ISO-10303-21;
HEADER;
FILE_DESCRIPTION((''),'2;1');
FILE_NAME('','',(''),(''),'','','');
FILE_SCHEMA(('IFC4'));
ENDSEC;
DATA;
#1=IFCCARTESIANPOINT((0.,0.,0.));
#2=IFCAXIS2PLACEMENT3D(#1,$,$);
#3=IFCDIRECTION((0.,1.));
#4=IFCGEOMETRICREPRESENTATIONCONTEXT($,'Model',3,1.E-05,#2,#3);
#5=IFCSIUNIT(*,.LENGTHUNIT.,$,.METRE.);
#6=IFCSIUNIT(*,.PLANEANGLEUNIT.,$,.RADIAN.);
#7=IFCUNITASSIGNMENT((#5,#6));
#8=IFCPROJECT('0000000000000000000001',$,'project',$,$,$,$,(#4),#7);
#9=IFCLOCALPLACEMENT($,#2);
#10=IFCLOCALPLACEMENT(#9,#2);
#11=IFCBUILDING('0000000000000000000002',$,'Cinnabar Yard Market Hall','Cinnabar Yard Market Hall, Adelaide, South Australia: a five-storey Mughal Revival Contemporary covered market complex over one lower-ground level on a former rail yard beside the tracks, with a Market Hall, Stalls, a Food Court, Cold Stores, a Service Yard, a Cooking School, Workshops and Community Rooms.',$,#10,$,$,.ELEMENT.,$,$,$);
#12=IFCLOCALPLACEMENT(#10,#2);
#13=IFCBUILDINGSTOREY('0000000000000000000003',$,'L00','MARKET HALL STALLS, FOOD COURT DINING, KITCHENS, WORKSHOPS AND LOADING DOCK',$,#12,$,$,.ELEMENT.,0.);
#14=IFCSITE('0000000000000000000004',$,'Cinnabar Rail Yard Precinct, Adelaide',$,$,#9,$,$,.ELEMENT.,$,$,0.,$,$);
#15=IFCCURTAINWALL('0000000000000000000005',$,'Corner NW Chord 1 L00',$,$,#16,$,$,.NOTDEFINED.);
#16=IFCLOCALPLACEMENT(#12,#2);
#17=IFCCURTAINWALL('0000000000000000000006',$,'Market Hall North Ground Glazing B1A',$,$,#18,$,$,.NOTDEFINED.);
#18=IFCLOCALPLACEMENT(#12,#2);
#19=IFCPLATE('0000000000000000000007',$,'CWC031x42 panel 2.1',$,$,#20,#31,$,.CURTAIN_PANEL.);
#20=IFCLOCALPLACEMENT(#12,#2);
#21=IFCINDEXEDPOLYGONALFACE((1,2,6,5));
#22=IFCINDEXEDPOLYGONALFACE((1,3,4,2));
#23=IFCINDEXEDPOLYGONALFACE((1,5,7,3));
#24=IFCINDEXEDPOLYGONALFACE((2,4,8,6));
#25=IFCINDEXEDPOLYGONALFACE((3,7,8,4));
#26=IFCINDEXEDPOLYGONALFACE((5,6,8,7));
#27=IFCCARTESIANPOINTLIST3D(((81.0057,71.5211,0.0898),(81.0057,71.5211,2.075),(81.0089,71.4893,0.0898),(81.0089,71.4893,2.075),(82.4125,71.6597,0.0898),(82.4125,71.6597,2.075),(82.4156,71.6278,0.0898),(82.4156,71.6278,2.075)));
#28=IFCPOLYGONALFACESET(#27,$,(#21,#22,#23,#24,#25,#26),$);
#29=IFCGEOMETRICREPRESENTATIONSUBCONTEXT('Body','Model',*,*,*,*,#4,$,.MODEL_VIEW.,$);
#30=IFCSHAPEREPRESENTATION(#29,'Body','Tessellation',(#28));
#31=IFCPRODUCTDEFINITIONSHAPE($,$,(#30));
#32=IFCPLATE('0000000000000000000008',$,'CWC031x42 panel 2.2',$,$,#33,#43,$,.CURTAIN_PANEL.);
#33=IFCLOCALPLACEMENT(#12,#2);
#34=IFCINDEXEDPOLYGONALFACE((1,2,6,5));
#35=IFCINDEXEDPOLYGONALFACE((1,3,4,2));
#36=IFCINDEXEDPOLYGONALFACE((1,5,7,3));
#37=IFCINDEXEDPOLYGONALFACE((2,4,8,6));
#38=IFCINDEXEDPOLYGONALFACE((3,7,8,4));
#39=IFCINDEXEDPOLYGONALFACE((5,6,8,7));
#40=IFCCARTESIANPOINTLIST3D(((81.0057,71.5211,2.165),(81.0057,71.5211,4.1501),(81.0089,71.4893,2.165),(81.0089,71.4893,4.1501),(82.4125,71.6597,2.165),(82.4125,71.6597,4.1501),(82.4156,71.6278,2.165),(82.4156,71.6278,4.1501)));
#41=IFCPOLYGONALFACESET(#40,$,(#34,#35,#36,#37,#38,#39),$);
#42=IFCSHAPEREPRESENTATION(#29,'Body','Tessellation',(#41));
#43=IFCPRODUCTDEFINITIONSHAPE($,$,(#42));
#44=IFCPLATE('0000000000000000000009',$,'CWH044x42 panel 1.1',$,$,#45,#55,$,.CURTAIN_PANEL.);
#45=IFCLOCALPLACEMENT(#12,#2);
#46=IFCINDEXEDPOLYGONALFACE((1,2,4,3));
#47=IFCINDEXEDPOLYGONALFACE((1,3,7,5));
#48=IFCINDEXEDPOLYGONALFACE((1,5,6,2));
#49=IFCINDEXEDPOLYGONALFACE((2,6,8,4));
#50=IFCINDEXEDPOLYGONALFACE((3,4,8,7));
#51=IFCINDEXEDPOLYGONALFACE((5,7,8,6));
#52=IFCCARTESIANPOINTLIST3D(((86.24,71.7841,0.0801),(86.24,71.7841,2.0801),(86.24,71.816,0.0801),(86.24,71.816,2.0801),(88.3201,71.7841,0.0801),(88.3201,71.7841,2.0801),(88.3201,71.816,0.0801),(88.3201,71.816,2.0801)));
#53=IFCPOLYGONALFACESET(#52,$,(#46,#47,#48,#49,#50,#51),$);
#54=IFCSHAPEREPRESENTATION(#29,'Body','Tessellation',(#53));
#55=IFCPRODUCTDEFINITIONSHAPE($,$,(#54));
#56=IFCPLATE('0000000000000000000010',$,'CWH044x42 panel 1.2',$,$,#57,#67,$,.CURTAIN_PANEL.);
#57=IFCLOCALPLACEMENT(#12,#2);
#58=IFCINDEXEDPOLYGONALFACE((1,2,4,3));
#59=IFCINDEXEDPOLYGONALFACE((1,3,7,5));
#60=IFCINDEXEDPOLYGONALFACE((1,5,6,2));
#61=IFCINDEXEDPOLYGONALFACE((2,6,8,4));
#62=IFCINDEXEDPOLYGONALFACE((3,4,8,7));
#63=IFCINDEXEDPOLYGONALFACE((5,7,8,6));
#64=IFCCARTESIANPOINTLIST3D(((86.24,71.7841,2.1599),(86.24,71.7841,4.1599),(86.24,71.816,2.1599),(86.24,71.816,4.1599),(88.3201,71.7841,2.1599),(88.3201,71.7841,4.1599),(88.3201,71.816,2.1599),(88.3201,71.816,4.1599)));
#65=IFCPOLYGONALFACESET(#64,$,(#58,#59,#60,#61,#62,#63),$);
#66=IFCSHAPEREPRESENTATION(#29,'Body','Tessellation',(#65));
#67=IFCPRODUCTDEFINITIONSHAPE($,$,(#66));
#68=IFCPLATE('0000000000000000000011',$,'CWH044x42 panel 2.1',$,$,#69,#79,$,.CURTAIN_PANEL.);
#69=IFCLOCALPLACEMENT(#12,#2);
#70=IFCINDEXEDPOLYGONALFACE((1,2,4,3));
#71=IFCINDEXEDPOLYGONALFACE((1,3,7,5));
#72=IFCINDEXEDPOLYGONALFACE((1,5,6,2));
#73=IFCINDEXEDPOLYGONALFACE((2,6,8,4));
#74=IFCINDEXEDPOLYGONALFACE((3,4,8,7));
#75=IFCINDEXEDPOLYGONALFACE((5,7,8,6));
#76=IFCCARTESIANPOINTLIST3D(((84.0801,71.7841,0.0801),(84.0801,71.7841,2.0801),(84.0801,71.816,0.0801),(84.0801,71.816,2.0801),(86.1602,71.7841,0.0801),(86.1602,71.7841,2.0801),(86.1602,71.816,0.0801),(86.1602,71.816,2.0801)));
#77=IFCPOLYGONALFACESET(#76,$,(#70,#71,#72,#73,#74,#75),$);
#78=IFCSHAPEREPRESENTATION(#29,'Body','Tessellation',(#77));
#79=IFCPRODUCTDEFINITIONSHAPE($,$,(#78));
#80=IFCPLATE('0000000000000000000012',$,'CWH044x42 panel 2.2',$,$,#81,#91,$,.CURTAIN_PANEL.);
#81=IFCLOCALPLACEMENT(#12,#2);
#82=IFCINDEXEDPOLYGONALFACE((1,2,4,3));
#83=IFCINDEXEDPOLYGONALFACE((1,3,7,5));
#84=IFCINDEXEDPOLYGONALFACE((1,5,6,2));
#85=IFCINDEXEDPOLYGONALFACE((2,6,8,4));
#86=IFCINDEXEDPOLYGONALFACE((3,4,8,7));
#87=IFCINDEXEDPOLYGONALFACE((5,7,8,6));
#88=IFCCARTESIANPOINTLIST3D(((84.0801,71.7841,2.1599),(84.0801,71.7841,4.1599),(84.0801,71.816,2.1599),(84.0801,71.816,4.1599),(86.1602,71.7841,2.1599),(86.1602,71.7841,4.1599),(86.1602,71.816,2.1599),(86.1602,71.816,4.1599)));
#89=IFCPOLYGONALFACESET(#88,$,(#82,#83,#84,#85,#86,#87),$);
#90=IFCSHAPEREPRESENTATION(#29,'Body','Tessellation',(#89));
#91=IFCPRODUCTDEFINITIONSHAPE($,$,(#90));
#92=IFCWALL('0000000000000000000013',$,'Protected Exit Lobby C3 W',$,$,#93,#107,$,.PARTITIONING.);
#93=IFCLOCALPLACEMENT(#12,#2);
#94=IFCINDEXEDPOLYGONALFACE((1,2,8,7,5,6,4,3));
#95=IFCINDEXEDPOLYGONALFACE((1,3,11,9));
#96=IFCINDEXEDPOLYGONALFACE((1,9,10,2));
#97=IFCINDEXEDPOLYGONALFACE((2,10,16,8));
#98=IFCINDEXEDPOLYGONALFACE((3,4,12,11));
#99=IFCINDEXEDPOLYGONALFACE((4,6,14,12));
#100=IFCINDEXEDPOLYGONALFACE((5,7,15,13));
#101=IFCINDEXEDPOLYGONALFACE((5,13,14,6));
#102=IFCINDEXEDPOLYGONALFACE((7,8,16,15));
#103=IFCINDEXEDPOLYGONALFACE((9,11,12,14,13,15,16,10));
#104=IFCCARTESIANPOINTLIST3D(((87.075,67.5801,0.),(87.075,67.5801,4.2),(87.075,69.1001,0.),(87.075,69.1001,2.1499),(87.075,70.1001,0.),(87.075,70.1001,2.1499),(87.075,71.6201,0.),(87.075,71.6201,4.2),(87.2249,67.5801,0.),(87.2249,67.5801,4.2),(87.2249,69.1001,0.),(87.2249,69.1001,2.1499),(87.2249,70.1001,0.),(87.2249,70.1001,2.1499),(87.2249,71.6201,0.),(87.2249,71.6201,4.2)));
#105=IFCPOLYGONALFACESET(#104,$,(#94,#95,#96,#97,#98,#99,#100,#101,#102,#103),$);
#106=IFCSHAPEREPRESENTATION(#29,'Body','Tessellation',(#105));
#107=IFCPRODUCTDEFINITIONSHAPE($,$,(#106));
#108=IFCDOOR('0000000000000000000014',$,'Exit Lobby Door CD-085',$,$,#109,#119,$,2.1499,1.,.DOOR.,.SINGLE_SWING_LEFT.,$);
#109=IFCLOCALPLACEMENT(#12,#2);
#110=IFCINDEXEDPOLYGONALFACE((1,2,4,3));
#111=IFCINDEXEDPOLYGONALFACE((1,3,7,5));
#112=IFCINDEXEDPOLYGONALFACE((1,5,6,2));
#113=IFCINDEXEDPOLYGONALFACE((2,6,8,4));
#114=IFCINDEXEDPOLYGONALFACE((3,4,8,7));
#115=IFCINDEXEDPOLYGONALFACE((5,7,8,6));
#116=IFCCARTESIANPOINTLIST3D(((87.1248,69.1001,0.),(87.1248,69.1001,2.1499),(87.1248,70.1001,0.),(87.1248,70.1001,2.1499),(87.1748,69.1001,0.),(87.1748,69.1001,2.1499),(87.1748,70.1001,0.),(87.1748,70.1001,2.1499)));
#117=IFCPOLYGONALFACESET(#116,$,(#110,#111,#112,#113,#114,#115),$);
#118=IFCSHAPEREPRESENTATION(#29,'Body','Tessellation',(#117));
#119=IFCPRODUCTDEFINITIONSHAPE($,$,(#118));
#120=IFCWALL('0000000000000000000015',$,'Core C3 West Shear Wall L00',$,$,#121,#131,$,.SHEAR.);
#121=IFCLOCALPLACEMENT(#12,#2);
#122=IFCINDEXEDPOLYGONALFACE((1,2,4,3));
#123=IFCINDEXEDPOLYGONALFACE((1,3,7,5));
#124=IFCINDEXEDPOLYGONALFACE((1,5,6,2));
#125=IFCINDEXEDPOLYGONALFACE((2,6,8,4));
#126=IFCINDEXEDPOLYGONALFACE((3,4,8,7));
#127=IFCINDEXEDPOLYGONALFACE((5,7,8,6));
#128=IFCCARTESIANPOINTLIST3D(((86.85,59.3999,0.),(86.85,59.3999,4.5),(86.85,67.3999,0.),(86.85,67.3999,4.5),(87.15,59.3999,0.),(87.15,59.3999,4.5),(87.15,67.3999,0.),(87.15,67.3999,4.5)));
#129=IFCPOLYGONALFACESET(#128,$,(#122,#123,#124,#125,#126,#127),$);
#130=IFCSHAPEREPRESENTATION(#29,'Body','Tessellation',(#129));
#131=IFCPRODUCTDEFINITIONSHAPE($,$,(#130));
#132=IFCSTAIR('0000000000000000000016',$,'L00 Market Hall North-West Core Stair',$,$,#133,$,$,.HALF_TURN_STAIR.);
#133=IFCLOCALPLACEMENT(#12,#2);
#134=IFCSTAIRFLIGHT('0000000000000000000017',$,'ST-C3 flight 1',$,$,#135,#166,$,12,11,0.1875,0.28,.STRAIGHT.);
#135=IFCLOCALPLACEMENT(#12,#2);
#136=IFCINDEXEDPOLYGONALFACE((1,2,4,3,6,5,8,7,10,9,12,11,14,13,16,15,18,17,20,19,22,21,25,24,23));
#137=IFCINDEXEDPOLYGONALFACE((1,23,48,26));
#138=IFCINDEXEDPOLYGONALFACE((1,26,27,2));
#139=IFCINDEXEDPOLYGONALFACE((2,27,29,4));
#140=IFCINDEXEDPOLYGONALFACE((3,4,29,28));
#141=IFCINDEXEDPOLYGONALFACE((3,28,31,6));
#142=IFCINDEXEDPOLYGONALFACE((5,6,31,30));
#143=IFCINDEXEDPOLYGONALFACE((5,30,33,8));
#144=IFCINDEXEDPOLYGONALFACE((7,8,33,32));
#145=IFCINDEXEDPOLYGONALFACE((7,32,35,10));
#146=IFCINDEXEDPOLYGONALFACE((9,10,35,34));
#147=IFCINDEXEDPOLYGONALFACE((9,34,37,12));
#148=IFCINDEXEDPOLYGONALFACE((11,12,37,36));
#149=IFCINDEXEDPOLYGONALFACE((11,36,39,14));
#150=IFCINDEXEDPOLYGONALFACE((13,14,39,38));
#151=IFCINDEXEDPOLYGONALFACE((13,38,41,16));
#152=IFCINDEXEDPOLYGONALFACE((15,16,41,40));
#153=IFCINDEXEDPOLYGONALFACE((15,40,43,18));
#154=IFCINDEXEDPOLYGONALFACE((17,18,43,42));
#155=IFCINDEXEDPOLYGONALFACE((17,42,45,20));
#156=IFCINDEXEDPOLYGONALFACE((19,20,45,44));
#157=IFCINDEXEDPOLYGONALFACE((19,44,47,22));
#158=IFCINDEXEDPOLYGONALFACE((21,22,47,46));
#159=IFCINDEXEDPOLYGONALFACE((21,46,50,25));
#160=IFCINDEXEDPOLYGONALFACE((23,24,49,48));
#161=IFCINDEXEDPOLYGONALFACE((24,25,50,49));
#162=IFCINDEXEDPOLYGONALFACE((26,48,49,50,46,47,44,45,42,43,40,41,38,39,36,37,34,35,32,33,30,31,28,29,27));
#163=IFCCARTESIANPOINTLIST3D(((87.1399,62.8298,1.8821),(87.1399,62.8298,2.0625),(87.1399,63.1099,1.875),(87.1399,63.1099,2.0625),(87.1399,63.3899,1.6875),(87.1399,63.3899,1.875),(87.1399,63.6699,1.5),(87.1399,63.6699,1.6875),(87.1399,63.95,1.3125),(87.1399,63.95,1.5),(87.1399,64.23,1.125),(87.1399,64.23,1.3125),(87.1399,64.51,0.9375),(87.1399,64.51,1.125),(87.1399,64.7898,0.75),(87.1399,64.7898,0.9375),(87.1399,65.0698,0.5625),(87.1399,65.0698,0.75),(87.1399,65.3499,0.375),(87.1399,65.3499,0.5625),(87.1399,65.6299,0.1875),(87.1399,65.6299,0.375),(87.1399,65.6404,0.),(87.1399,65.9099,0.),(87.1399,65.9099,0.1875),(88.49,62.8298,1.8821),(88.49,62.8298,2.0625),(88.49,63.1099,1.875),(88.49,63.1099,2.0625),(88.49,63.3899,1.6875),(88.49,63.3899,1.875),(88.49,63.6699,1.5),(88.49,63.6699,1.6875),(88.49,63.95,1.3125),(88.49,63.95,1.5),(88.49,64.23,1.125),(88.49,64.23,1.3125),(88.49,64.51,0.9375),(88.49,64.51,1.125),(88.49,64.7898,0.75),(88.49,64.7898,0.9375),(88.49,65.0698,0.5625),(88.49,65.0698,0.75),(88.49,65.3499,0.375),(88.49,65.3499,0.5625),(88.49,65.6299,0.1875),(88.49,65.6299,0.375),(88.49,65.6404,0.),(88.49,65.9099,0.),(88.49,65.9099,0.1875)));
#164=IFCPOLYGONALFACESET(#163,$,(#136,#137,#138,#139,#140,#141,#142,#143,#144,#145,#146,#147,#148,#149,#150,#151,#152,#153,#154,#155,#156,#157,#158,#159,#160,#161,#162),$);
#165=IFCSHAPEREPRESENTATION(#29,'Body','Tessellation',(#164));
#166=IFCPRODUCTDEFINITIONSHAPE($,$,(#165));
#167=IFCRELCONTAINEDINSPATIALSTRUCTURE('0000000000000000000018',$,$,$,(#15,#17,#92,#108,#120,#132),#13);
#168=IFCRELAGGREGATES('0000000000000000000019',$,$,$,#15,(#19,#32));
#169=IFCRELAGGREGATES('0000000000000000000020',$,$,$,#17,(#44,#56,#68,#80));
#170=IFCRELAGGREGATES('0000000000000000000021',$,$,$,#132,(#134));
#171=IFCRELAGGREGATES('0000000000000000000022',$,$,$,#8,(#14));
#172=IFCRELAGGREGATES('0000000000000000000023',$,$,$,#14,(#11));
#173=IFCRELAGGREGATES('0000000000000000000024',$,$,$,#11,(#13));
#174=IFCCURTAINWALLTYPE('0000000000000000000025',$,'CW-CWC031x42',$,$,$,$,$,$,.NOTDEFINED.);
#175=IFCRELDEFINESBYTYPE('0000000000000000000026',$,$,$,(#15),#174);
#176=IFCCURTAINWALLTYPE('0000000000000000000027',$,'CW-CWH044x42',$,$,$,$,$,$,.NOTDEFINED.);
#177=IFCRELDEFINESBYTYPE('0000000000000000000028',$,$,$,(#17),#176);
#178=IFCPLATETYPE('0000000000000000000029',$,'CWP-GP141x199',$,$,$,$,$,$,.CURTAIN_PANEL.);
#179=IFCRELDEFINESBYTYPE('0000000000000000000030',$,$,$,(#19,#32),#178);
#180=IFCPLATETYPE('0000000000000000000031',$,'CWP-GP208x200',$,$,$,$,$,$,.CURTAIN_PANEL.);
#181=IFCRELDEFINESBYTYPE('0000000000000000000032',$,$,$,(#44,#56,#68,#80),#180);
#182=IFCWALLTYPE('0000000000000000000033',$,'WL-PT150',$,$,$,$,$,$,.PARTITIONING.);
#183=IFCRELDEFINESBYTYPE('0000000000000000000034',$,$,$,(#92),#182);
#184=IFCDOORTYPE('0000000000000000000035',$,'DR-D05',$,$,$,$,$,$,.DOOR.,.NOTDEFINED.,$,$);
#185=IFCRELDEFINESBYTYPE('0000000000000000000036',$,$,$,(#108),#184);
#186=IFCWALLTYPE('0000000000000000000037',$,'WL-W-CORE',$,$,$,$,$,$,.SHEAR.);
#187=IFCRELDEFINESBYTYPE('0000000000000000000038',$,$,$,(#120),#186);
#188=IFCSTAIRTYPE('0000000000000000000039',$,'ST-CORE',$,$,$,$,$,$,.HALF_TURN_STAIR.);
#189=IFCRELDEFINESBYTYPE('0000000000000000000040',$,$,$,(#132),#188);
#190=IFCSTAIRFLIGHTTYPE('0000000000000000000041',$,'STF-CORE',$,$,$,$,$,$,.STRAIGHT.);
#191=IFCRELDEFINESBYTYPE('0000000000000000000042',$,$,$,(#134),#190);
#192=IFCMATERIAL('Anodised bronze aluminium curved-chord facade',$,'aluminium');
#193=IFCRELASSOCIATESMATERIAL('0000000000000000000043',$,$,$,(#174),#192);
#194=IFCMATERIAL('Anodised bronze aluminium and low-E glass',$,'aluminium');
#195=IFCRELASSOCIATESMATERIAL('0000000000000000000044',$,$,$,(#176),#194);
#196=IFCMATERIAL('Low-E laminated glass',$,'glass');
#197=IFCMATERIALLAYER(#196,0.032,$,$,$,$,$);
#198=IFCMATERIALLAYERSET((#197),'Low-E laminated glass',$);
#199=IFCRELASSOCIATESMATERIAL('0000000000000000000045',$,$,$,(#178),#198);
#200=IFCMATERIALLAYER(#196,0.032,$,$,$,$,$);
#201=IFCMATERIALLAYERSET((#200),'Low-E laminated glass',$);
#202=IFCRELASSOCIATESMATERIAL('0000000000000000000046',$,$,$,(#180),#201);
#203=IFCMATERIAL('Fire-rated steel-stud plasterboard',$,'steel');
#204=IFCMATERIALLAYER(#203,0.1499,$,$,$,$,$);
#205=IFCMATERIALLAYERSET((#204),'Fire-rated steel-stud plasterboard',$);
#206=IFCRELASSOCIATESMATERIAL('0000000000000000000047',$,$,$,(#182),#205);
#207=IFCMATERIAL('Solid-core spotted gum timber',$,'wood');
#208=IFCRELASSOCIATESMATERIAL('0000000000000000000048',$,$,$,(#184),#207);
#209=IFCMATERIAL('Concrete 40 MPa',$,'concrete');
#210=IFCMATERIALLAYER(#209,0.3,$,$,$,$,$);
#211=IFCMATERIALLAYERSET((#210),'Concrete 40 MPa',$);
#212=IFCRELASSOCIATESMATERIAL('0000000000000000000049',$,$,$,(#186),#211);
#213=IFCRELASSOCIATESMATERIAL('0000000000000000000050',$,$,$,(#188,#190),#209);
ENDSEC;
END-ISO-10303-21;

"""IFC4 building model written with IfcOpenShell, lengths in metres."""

from ifc_helpers import new_model, si_unit, direction, frame, frame_2d, origin, origin_2d_with_axis, place, context, subcontext, project, spatial, polyline, rectangle, outline, extrude, material, layer, layer_set, type_object, element, fill, aggregate, save


model = new_model("IFC4")

# Units and contexts
model_context = context("Model", 3, precision=1e-05, world=origin(), true_north=direction((0.0, 1.0)))
body_context = subcontext(model_context, "Body", "Model", "MODEL_VIEW")
ifc_project = project(units=[si_unit("LENGTHUNIT", "METRE"), si_unit("PLANEANGLEUNIT", "RADIAN")], contexts=[model_context])

# Site, building, storey
site_placement = place(None, origin())
site = spatial("IfcSite", under=ifc_project, at=site_placement, Name="Cinnabar Rail Yard Precinct, Adelaide", CompositionType="ELEMENT", RefElevation=0.0)
building_placement = place(site_placement, origin())
building = spatial("IfcBuilding", under=site, at=building_placement, Name="Cinnabar Yard Market Hall", Description="Cinnabar Yard Market Hall, Adelaide, South Australia: a five-storey Mughal Revival Contemporary covered market complex over one lower-ground level on a former rail yard beside the tracks, with a Market Hall, Stalls, a Food Court, Cold Stores, a Service Yard, a Cooking School, Workshops and Community Rooms.", CompositionType="ELEMENT")
storey_placement = place(building_placement, origin())
storey = spatial("IfcBuildingStorey", under=building, at=storey_placement, Name="L00", Description="MARKET HALL STALLS, FOOD COURT DINING, KITCHENS, WORKSHOPS AND LOADING DOCK", CompositionType="ELEMENT", Elevation=0.0)

# Curtain walls
ifc_material_1 = material(Name="Anodised bronze aluminium curved-chord facade", Category="aluminium")
curtain_wall_type_1 = type_object("IfcCurtainWallType", Name="CW-CWC031x42", PredefinedType="NOTDEFINED", material=ifc_material_1)
curtain_wall_1_placement = place(storey_placement, origin())
curtain_wall_1 = element("IfcCurtainWall", 1, at=curtain_wall_1_placement, inside=storey, type_object=curtain_wall_type_1, Name="Corner NW Chord 1 L00", PredefinedType="NOTDEFINED")
ifc_material_2 = material(Name="Anodised bronze aluminium and low-E glass", Category="aluminium")
curtain_wall_type_2 = type_object("IfcCurtainWallType", Name="CW-CWH044x42", PredefinedType="NOTDEFINED", material=ifc_material_2)
curtain_wall_2_placement = place(storey_placement, origin())
curtain_wall_2 = element("IfcCurtainWall", 2, at=curtain_wall_2_placement, inside=storey, type_object=curtain_wall_type_2, Name="Market Hall North Ground Glazing B1A", PredefinedType="NOTDEFINED")

# Plates
ifc_material_3 = material(Name="Low-E laminated glass", Category="glass")
ifc_layer_1 = layer(ifc_material_3, 0.032)
ifc_layer_set_1 = layer_set([ifc_layer_1], Name="Low-E laminated glass")
plate_type_1 = type_object("IfcPlateType", Name="CWP-GP141x199", PredefinedType="CURTAIN_PANEL", material=ifc_layer_set_1)
plate_1_placement = place(storey_placement, frame((81.7107, 71.5745, 0.0898), z_axis=(0.0, 0.0, 1.0), x_axis=(-0.995184, -0.09802, 0.0)))
plate_1 = element("IfcPlate", 3, at=plate_1_placement, type_object=plate_type_1, Name="CWC031x42 panel 2.1", PredefinedType="CURTAIN_PANEL", context=body_context, shape_type="SweptSolid", body=[
    extrude(rectangle(XDim=1.4136, YDim=0.032, at=origin_2d_with_axis()), origin(), (0.0, 0.0, 1.0), 1.9851),
])
plate_2_placement = place(storey_placement, frame((81.7107, 71.5745, 2.165), z_axis=(0.0, 0.0, 1.0), x_axis=(-0.995184, -0.09802, 0.0)))
plate_2 = element("IfcPlate", 4, at=plate_2_placement, type_object=plate_type_1, Name="CWC031x42 panel 2.2", PredefinedType="CURTAIN_PANEL", context=body_context, shape_type="SweptSolid", body=[
    extrude(rectangle(XDim=1.4136, YDim=0.032, at=origin_2d_with_axis()), origin(), (0.0, 0.0, 1.0), 1.9851),
])
aggregate(curtain_wall_1, [plate_1, plate_2])
ifc_layer_2 = layer(ifc_material_3, 0.032)
ifc_layer_set_2 = layer_set([ifc_layer_2], Name="Low-E laminated glass")
plate_type_2 = type_object("IfcPlateType", Name="CWP-GP208x200", PredefinedType="CURTAIN_PANEL", material=ifc_layer_set_2)
plate_3_placement = place(storey_placement, frame((87.28, 71.8, 0.0801), z_axis=(0.0, 0.0, 1.0), x_axis=(-1.0, 0.0, 0.0)))
plate_3 = element("IfcPlate", 5, at=plate_3_placement, type_object=plate_type_2, Name="CWH044x42 panel 1.1", PredefinedType="CURTAIN_PANEL", context=body_context, shape_type="SweptSolid", body=[
    extrude(rectangle(XDim=2.0801, YDim=0.032, at=origin_2d_with_axis()), origin(), (0.0, 0.0, 1.0), 2.0),
])
plate_4_placement = place(storey_placement, frame((87.28, 71.8, 2.1599), z_axis=(0.0, 0.0, 1.0), x_axis=(-1.0, 0.0, 0.0)))
plate_4 = element("IfcPlate", 6, at=plate_4_placement, type_object=plate_type_2, Name="CWH044x42 panel 1.2", PredefinedType="CURTAIN_PANEL", context=body_context, shape_type="SweptSolid", body=[
    extrude(rectangle(XDim=2.0801, YDim=0.032, at=origin_2d_with_axis()), origin(), (0.0, 0.0, 1.0), 2.0),
])
plate_5_placement = place(storey_placement, frame((85.1201, 71.8, 0.0801), z_axis=(0.0, 0.0, 1.0), x_axis=(-1.0, 0.0, 0.0)))
plate_5 = element("IfcPlate", 7, at=plate_5_placement, type_object=plate_type_2, Name="CWH044x42 panel 2.1", PredefinedType="CURTAIN_PANEL", context=body_context, shape_type="SweptSolid", body=[
    extrude(rectangle(XDim=2.0801, YDim=0.032, at=origin_2d_with_axis()), origin(), (0.0, 0.0, 1.0), 2.0),
])
plate_6_placement = place(storey_placement, frame((85.1201, 71.8, 2.1599), z_axis=(0.0, 0.0, 1.0), x_axis=(-1.0, 0.0, 0.0)))
plate_6 = element("IfcPlate", 8, at=plate_6_placement, type_object=plate_type_2, Name="CWH044x42 panel 2.2", PredefinedType="CURTAIN_PANEL", context=body_context, shape_type="SweptSolid", body=[
    extrude(rectangle(XDim=2.0801, YDim=0.032, at=origin_2d_with_axis()), origin(), (0.0, 0.0, 1.0), 2.0),
])
aggregate(curtain_wall_2, [plate_3, plate_4, plate_5, plate_6])

# Wall, opening, door
ifc_material_4 = material(Name="Fire-rated steel-stud plasterboard", Category="steel")
ifc_layer_3 = layer(ifc_material_4, 0.1499)
ifc_layer_set_3 = layer_set([ifc_layer_3], Name="Fire-rated steel-stud plasterboard")
wall_type_1 = type_object("IfcWallType", Name="WL-PT150", PredefinedType="PARTITIONING", material=ifc_layer_set_3)
wall_1_placement = place(storey_placement, frame((87.1499, 71.6201, 0.0), z_axis=(0.0, 0.0, 1.0), x_axis=(0.0, -1.0, 0.0)))
wall_1 = element("IfcWall", 9, at=wall_1_placement, inside=storey, type_object=wall_type_1, Name="Protected Exit Lobby C3 W", PredefinedType="PARTITIONING", context=body_context, shape_type="SweptSolid", body=[
    extrude(rectangle(XDim=4.04, YDim=0.1499, at=frame_2d((2.02, 0.0), x_axis=(1.0, 0.0))), origin(), (0.0, 0.0, 1.0), 4.2),
])
opening_placement = place(wall_1_placement, frame((1.52, 0.0, 0.0)))
opening = element("IfcOpeningElement", 10, at=opening_placement, cuts=wall_1, PredefinedType="OPENING", context=body_context, shape_type="SweptSolid", body=[
    extrude(rectangle(XDim=1.0, YDim=2.1499, at=frame_2d((0.5, 1.075), x_axis=(1.0, 0.0))), frame((0.0, 0.085, 0.0), z_axis=(0.0, -1.0, 0.0), x_axis=(1.0, 0.0, 0.0)), (0.0, 0.0, 1.0), 0.1699),
])
ifc_material_5 = material(Name="Solid-core spotted gum timber", Category="wood")
door_type = type_object("IfcDoorType", Name="DR-D05", OperationType="NOTDEFINED", PredefinedType="DOOR", material=ifc_material_5)
door_placement = place(opening_placement, origin())
door = element("IfcDoor", 11, at=door_placement, inside=storey, type_object=door_type, Name="Exit Lobby Door CD-085", OperationType="SINGLE_SWING_LEFT", OverallHeight=2.1499, OverallWidth=1.0, PredefinedType="DOOR", context=body_context, shape_type="SweptSolid", body=[
    extrude(rectangle(XDim=1.0, YDim=2.1499, at=frame_2d((0.5, 1.075), x_axis=(1.0, 0.0))), frame((0.0, 0.0249, 0.0), z_axis=(0.0, -1.0, 0.0), x_axis=(1.0, 0.0, 0.0)), (0.0, 0.0, 1.0), 0.05),
])
fill(opening, door)

# Wall
ifc_material_6 = material(Name="Concrete 40 MPa", Category="concrete")
ifc_layer_4 = layer(ifc_material_6, 0.3)
ifc_layer_set_4 = layer_set([ifc_layer_4], Name="Concrete 40 MPa")
wall_type_2 = type_object("IfcWallType", Name="WL-W-CORE", PredefinedType="SHEAR", material=ifc_layer_set_4)
wall_2_placement = place(storey_placement, frame((87.0, 67.3999, 0.0), z_axis=(0.0, 0.0, 1.0), x_axis=(0.0, -1.0, 0.0)))
element("IfcWall", 12, at=wall_2_placement, inside=storey, type_object=wall_type_2, Name="Core C3 West Shear Wall L00", PredefinedType="SHEAR", context=body_context, shape_type="SweptSolid", body=[
    extrude(rectangle(XDim=8.0, YDim=0.3, at=frame_2d((4.0, 0.0), x_axis=(1.0, 0.0))), origin(), (0.0, 0.0, 1.0), 4.5),
])

# Stair, stair flight
stair_type = type_object("IfcStairType", Name="ST-CORE", PredefinedType="HALF_TURN_STAIR", material=ifc_material_6)
stair_placement = place(storey_placement, origin())
stair = element("IfcStair", 13, at=stair_placement, inside=storey, type_object=stair_type, Name="L00 Market Hall North-West Core Stair", PredefinedType="HALF_TURN_STAIR")
stair_flight_type = type_object("IfcStairFlightType", Name="STF-CORE", PredefinedType="STRAIGHT", material=ifc_material_6)
stair_flight_placement = place(storey_placement, frame((87.8149, 65.9099, 0.0), z_axis=(0.0, 0.0, 1.0), x_axis=(0.0, -1.0, 0.0)))
stair_flight = element("IfcStairFlight", 14, at=stair_flight_placement, type_object=stair_flight_type, Name="ST-C3 flight 1", NumberOfRisers=12, NumberOfTreads=11, PredefinedType="STRAIGHT", RiserHeight=0.1875, TreadLength=0.28, context=body_context, shape_type="SweptSolid", body=[
    extrude(outline(polyline([(0.0, 0.0), (0.0, 0.1875), (0.28, 0.1875), (0.28, 0.375), (0.5601, 0.375), (0.5601, 0.5625), (0.8401, 0.5625), (0.8401, 0.75), (1.1201, 0.75), (1.1201, 0.9375), (1.3999, 0.9375), (1.3999, 1.125), (1.6799, 1.125), (1.6799, 1.3125), (1.96, 1.3125), (1.96, 1.5), (2.24, 1.5), (2.24, 1.6875), (2.52, 1.6875), (2.52, 1.875), (2.8, 1.875), (2.8, 2.0625), (3.0801, 2.0625), (3.0801, 2.25), (3.0801, 1.8821), (0.2695, 0.0), (0.0, 0.0)])), frame((0.0, 0.675, 0.0), z_axis=(0.0, -1.0, 0.0), x_axis=(1.0, 0.0, 0.0)), (0.0, 0.0, 1.0), 1.3501),
])
aggregate(stair, [stair_flight])

save(model, "model.ifc")
